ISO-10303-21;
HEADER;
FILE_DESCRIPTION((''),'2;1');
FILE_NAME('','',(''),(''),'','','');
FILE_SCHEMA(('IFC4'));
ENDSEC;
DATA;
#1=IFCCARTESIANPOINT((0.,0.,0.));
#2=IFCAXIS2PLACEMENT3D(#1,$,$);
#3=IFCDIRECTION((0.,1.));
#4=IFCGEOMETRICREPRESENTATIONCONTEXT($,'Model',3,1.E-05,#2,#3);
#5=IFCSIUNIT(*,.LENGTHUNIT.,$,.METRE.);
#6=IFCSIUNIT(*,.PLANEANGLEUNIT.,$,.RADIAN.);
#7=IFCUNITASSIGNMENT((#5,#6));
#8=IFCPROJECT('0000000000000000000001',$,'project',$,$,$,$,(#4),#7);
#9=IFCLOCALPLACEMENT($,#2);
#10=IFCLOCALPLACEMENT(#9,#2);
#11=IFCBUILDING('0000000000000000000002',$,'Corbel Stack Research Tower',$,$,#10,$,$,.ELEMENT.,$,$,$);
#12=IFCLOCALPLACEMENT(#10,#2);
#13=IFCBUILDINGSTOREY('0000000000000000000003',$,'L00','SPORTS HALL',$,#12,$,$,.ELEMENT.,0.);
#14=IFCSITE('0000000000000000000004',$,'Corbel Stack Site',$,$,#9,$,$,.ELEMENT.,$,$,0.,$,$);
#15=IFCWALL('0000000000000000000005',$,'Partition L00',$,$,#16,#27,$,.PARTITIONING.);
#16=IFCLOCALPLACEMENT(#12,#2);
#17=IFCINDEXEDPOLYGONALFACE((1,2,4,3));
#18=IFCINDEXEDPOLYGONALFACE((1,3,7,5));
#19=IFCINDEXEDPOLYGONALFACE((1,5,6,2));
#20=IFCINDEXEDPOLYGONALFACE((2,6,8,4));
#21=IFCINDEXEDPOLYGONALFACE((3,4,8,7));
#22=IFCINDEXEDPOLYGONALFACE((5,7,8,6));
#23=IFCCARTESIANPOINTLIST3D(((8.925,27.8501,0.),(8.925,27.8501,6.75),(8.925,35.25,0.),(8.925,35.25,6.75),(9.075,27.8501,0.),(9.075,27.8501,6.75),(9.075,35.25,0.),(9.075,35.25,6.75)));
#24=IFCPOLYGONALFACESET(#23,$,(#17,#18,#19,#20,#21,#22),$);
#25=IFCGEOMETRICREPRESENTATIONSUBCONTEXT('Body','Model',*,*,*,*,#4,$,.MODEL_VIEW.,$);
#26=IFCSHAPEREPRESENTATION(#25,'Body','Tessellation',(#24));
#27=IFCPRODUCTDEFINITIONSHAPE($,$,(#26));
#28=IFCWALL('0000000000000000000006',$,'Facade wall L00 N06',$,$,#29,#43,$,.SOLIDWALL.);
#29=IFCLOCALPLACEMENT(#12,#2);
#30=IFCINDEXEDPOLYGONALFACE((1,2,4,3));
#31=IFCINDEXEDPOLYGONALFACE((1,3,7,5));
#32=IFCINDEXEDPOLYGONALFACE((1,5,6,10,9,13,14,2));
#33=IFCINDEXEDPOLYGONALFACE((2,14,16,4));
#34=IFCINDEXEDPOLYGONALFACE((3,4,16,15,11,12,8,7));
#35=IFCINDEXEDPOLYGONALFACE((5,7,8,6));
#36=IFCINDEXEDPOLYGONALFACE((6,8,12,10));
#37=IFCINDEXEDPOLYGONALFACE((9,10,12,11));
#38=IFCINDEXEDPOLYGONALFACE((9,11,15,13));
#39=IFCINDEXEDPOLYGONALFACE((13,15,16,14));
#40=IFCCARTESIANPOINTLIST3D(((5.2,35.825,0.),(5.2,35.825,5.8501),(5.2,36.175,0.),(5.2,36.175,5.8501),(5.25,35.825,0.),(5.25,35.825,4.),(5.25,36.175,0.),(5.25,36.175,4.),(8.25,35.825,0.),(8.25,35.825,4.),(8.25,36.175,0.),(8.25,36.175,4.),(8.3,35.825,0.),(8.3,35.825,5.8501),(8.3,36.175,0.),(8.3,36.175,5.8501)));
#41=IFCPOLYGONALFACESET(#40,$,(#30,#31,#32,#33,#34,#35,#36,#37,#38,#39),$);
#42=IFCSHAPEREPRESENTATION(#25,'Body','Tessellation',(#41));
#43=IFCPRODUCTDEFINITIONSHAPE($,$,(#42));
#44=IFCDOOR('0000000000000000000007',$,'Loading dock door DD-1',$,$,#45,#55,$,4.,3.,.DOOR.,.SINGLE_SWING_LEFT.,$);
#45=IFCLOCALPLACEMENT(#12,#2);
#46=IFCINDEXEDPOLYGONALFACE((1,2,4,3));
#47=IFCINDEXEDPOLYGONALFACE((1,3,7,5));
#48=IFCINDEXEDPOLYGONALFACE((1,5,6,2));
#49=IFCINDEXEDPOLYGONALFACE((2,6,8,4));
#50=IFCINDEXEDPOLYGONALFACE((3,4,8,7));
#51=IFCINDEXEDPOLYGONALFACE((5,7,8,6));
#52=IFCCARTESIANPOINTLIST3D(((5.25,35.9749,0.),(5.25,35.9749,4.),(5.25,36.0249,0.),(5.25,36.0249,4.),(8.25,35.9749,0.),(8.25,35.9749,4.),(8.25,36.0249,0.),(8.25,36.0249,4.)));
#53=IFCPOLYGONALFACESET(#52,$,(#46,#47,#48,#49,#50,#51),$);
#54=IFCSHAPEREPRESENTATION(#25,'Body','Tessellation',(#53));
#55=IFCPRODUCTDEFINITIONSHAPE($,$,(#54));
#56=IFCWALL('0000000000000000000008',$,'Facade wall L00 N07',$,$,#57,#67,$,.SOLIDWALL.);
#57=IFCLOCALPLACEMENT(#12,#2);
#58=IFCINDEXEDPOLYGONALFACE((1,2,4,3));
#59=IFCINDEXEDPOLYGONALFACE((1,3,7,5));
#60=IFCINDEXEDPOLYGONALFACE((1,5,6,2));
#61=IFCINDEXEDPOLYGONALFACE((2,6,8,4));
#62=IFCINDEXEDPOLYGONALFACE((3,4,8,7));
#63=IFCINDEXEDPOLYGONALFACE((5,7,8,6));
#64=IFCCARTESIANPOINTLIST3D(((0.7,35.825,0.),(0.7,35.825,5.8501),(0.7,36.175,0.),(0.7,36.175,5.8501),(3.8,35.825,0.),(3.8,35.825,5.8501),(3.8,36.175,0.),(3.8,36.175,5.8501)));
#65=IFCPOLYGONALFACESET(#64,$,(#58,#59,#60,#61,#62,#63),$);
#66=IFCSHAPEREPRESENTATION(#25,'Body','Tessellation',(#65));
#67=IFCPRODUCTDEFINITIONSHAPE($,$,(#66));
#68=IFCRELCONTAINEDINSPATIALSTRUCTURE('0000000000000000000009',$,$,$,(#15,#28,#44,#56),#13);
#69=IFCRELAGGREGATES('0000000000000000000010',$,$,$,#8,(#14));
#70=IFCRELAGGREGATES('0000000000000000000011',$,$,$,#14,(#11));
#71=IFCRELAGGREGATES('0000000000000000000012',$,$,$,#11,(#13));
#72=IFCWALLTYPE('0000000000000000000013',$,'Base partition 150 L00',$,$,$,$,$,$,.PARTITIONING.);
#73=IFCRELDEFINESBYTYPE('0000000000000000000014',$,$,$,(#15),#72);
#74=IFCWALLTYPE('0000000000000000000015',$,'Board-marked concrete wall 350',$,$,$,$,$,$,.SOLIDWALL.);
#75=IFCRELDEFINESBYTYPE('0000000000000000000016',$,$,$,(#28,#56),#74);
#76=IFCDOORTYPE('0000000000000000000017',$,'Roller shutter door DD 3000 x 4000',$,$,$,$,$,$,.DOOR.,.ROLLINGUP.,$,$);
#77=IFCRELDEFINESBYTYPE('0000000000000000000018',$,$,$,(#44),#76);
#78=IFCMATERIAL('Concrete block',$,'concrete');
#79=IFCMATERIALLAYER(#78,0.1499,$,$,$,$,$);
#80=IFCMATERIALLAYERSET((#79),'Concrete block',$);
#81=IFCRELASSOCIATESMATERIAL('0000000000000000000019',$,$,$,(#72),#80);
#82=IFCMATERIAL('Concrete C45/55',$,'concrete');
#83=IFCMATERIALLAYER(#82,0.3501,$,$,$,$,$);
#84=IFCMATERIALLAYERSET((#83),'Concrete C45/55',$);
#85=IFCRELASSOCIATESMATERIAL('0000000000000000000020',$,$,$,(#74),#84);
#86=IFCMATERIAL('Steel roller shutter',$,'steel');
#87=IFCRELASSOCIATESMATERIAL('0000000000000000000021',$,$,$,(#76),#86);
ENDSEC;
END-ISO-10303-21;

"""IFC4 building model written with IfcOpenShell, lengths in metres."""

from ifc_helpers import new_model, si_unit, direction, frame, frame_2d, origin, place, context, subcontext, project, spatial, rectangle, extrude, material, layer, layer_set, type_object, element, fill, save


model = new_model("IFC4")

# Units and contexts
model_context = context("Model", 3, precision=1e-05, world=origin(), true_north=direction((0.0, 1.0)))
body_context = subcontext(model_context, "Body", "Model", "MODEL_VIEW")
ifc_project = project(units=[si_unit("LENGTHUNIT", "METRE"), si_unit("PLANEANGLEUNIT", "RADIAN")], contexts=[model_context])

# Site, building, storey
site_placement = place(None, origin())
site = spatial("IfcSite", under=ifc_project, at=site_placement, Name="Corbel Stack Site", CompositionType="ELEMENT", RefElevation=0.0)
building_placement = place(site_placement, origin())
building = spatial("IfcBuilding", under=site, at=building_placement, Name="Corbel Stack Research Tower", CompositionType="ELEMENT")
storey_placement = place(building_placement, origin())
storey = spatial("IfcBuildingStorey", under=building, at=storey_placement, Name="L00", Description="SPORTS HALL", CompositionType="ELEMENT", Elevation=0.0)

# Shared definitions
ifc_material_1 = material(Name="Concrete block", Category="concrete")
ifc_layer_1 = layer(ifc_material_1, 0.1499)
ifc_layer_set_1 = layer_set([ifc_layer_1], Name="Concrete block")
wall_type_1 = type_object("IfcWallType", Name="Base partition 150 L00", PredefinedType="PARTITIONING", material=ifc_layer_set_1)

# Wall
wall_1_placement = place(storey_placement, frame((9.0, 27.8501, 0.0), z_axis=(0.0, 0.0, 1.0), x_axis=(0.0, 1.0, 0.0)))
element("IfcWall", 1, at=wall_1_placement, inside=storey, type_object=wall_type_1, Name="Partition L00", PredefinedType="PARTITIONING", context=body_context, shape_type="SweptSolid", body=[
    extrude(rectangle(XDim=7.3999, YDim=0.1499, at=frame_2d((3.7, 0.0))), origin(), (0.0, 0.0, 1.0), 6.75),
])

# Wall, opening, door
ifc_material_2 = material(Name="Concrete C45/55", Category="concrete")
ifc_layer_2 = layer(ifc_material_2, 0.3501)
ifc_layer_set_2 = layer_set([ifc_layer_2], Name="Concrete C45/55")
wall_type_2 = type_object("IfcWallType", Name="Board-marked concrete wall 350", PredefinedType="SOLIDWALL", material=ifc_layer_set_2)
wall_2_placement = place(storey_placement, frame((5.2, 36.0, 0.0), z_axis=(0.0, 0.0, 1.0), x_axis=(1.0, 0.0, 0.0)))
wall_2 = element("IfcWall", 2, at=wall_2_placement, inside=storey, type_object=wall_type_2, Name="Facade wall L00 N06", PredefinedType="SOLIDWALL", context=body_context, shape_type="SweptSolid", body=[
    extrude(rectangle(XDim=3.1001, YDim=0.3501, at=frame_2d((1.55, 0.0))), origin(), (0.0, 0.0, 1.0), 5.8501),
])
opening_1_placement = place(wall_2_placement, frame((0.05, 0.0, 0.0)))
opening_1 = element("IfcOpeningElement", 3, at=opening_1_placement, cuts=wall_2, PredefinedType="OPENING", context=body_context, shape_type="SweptSolid", body=[
    extrude(rectangle(XDim=3.0, YDim=4.0, at=frame_2d((1.5, 2.0))), frame((0.0, 0.1851, 0.0), z_axis=(0.0, -1.0, 0.0), x_axis=(1.0, 0.0, 0.0)), (0.0, 0.0, 1.0), 0.3701),
])
ifc_material_3 = material(Name="Steel roller shutter", Category="steel")
door_type_1 = type_object("IfcDoorType", Name="Roller shutter door DD 3000 x 4000", OperationType="ROLLINGUP", PredefinedType="DOOR", material=ifc_material_3)
door_1_placement = place(opening_1_placement, origin())
door_1 = element("IfcDoor", 4, at=door_1_placement, inside=storey, type_object=door_type_1, Name="Loading dock door DD-1", OperationType="SINGLE_SWING_LEFT", OverallHeight=4.0, OverallWidth=3.0, PredefinedType="DOOR", context=body_context, shape_type="SweptSolid", body=[
    extrude(rectangle(XDim=3.0, YDim=4.0, at=frame_2d((1.5, 2.0))), frame((0.0, 0.0249, 0.0), z_axis=(0.0, -1.0, 0.0), x_axis=(1.0, 0.0, 0.0)), (0.0, 0.0, 1.0), 0.05),
])
fill(opening_1, door_1)

# Wall
wall_3_placement = place(storey_placement, frame((0.7, 36.0, 0.0), z_axis=(0.0, 0.0, 1.0), x_axis=(1.0, 0.0, 0.0)))
element("IfcWall", 5, at=wall_3_placement, inside=storey, type_object=wall_type_2, Name="Facade wall L00 N07", PredefinedType="SOLIDWALL", context=body_context, shape_type="SweptSolid", body=[
    extrude(rectangle(XDim=3.1001, YDim=0.3501, at=frame_2d((1.55, 0.0))), origin(), (0.0, 0.0, 1.0), 5.8501),
])

save(model, "model.ifc")
